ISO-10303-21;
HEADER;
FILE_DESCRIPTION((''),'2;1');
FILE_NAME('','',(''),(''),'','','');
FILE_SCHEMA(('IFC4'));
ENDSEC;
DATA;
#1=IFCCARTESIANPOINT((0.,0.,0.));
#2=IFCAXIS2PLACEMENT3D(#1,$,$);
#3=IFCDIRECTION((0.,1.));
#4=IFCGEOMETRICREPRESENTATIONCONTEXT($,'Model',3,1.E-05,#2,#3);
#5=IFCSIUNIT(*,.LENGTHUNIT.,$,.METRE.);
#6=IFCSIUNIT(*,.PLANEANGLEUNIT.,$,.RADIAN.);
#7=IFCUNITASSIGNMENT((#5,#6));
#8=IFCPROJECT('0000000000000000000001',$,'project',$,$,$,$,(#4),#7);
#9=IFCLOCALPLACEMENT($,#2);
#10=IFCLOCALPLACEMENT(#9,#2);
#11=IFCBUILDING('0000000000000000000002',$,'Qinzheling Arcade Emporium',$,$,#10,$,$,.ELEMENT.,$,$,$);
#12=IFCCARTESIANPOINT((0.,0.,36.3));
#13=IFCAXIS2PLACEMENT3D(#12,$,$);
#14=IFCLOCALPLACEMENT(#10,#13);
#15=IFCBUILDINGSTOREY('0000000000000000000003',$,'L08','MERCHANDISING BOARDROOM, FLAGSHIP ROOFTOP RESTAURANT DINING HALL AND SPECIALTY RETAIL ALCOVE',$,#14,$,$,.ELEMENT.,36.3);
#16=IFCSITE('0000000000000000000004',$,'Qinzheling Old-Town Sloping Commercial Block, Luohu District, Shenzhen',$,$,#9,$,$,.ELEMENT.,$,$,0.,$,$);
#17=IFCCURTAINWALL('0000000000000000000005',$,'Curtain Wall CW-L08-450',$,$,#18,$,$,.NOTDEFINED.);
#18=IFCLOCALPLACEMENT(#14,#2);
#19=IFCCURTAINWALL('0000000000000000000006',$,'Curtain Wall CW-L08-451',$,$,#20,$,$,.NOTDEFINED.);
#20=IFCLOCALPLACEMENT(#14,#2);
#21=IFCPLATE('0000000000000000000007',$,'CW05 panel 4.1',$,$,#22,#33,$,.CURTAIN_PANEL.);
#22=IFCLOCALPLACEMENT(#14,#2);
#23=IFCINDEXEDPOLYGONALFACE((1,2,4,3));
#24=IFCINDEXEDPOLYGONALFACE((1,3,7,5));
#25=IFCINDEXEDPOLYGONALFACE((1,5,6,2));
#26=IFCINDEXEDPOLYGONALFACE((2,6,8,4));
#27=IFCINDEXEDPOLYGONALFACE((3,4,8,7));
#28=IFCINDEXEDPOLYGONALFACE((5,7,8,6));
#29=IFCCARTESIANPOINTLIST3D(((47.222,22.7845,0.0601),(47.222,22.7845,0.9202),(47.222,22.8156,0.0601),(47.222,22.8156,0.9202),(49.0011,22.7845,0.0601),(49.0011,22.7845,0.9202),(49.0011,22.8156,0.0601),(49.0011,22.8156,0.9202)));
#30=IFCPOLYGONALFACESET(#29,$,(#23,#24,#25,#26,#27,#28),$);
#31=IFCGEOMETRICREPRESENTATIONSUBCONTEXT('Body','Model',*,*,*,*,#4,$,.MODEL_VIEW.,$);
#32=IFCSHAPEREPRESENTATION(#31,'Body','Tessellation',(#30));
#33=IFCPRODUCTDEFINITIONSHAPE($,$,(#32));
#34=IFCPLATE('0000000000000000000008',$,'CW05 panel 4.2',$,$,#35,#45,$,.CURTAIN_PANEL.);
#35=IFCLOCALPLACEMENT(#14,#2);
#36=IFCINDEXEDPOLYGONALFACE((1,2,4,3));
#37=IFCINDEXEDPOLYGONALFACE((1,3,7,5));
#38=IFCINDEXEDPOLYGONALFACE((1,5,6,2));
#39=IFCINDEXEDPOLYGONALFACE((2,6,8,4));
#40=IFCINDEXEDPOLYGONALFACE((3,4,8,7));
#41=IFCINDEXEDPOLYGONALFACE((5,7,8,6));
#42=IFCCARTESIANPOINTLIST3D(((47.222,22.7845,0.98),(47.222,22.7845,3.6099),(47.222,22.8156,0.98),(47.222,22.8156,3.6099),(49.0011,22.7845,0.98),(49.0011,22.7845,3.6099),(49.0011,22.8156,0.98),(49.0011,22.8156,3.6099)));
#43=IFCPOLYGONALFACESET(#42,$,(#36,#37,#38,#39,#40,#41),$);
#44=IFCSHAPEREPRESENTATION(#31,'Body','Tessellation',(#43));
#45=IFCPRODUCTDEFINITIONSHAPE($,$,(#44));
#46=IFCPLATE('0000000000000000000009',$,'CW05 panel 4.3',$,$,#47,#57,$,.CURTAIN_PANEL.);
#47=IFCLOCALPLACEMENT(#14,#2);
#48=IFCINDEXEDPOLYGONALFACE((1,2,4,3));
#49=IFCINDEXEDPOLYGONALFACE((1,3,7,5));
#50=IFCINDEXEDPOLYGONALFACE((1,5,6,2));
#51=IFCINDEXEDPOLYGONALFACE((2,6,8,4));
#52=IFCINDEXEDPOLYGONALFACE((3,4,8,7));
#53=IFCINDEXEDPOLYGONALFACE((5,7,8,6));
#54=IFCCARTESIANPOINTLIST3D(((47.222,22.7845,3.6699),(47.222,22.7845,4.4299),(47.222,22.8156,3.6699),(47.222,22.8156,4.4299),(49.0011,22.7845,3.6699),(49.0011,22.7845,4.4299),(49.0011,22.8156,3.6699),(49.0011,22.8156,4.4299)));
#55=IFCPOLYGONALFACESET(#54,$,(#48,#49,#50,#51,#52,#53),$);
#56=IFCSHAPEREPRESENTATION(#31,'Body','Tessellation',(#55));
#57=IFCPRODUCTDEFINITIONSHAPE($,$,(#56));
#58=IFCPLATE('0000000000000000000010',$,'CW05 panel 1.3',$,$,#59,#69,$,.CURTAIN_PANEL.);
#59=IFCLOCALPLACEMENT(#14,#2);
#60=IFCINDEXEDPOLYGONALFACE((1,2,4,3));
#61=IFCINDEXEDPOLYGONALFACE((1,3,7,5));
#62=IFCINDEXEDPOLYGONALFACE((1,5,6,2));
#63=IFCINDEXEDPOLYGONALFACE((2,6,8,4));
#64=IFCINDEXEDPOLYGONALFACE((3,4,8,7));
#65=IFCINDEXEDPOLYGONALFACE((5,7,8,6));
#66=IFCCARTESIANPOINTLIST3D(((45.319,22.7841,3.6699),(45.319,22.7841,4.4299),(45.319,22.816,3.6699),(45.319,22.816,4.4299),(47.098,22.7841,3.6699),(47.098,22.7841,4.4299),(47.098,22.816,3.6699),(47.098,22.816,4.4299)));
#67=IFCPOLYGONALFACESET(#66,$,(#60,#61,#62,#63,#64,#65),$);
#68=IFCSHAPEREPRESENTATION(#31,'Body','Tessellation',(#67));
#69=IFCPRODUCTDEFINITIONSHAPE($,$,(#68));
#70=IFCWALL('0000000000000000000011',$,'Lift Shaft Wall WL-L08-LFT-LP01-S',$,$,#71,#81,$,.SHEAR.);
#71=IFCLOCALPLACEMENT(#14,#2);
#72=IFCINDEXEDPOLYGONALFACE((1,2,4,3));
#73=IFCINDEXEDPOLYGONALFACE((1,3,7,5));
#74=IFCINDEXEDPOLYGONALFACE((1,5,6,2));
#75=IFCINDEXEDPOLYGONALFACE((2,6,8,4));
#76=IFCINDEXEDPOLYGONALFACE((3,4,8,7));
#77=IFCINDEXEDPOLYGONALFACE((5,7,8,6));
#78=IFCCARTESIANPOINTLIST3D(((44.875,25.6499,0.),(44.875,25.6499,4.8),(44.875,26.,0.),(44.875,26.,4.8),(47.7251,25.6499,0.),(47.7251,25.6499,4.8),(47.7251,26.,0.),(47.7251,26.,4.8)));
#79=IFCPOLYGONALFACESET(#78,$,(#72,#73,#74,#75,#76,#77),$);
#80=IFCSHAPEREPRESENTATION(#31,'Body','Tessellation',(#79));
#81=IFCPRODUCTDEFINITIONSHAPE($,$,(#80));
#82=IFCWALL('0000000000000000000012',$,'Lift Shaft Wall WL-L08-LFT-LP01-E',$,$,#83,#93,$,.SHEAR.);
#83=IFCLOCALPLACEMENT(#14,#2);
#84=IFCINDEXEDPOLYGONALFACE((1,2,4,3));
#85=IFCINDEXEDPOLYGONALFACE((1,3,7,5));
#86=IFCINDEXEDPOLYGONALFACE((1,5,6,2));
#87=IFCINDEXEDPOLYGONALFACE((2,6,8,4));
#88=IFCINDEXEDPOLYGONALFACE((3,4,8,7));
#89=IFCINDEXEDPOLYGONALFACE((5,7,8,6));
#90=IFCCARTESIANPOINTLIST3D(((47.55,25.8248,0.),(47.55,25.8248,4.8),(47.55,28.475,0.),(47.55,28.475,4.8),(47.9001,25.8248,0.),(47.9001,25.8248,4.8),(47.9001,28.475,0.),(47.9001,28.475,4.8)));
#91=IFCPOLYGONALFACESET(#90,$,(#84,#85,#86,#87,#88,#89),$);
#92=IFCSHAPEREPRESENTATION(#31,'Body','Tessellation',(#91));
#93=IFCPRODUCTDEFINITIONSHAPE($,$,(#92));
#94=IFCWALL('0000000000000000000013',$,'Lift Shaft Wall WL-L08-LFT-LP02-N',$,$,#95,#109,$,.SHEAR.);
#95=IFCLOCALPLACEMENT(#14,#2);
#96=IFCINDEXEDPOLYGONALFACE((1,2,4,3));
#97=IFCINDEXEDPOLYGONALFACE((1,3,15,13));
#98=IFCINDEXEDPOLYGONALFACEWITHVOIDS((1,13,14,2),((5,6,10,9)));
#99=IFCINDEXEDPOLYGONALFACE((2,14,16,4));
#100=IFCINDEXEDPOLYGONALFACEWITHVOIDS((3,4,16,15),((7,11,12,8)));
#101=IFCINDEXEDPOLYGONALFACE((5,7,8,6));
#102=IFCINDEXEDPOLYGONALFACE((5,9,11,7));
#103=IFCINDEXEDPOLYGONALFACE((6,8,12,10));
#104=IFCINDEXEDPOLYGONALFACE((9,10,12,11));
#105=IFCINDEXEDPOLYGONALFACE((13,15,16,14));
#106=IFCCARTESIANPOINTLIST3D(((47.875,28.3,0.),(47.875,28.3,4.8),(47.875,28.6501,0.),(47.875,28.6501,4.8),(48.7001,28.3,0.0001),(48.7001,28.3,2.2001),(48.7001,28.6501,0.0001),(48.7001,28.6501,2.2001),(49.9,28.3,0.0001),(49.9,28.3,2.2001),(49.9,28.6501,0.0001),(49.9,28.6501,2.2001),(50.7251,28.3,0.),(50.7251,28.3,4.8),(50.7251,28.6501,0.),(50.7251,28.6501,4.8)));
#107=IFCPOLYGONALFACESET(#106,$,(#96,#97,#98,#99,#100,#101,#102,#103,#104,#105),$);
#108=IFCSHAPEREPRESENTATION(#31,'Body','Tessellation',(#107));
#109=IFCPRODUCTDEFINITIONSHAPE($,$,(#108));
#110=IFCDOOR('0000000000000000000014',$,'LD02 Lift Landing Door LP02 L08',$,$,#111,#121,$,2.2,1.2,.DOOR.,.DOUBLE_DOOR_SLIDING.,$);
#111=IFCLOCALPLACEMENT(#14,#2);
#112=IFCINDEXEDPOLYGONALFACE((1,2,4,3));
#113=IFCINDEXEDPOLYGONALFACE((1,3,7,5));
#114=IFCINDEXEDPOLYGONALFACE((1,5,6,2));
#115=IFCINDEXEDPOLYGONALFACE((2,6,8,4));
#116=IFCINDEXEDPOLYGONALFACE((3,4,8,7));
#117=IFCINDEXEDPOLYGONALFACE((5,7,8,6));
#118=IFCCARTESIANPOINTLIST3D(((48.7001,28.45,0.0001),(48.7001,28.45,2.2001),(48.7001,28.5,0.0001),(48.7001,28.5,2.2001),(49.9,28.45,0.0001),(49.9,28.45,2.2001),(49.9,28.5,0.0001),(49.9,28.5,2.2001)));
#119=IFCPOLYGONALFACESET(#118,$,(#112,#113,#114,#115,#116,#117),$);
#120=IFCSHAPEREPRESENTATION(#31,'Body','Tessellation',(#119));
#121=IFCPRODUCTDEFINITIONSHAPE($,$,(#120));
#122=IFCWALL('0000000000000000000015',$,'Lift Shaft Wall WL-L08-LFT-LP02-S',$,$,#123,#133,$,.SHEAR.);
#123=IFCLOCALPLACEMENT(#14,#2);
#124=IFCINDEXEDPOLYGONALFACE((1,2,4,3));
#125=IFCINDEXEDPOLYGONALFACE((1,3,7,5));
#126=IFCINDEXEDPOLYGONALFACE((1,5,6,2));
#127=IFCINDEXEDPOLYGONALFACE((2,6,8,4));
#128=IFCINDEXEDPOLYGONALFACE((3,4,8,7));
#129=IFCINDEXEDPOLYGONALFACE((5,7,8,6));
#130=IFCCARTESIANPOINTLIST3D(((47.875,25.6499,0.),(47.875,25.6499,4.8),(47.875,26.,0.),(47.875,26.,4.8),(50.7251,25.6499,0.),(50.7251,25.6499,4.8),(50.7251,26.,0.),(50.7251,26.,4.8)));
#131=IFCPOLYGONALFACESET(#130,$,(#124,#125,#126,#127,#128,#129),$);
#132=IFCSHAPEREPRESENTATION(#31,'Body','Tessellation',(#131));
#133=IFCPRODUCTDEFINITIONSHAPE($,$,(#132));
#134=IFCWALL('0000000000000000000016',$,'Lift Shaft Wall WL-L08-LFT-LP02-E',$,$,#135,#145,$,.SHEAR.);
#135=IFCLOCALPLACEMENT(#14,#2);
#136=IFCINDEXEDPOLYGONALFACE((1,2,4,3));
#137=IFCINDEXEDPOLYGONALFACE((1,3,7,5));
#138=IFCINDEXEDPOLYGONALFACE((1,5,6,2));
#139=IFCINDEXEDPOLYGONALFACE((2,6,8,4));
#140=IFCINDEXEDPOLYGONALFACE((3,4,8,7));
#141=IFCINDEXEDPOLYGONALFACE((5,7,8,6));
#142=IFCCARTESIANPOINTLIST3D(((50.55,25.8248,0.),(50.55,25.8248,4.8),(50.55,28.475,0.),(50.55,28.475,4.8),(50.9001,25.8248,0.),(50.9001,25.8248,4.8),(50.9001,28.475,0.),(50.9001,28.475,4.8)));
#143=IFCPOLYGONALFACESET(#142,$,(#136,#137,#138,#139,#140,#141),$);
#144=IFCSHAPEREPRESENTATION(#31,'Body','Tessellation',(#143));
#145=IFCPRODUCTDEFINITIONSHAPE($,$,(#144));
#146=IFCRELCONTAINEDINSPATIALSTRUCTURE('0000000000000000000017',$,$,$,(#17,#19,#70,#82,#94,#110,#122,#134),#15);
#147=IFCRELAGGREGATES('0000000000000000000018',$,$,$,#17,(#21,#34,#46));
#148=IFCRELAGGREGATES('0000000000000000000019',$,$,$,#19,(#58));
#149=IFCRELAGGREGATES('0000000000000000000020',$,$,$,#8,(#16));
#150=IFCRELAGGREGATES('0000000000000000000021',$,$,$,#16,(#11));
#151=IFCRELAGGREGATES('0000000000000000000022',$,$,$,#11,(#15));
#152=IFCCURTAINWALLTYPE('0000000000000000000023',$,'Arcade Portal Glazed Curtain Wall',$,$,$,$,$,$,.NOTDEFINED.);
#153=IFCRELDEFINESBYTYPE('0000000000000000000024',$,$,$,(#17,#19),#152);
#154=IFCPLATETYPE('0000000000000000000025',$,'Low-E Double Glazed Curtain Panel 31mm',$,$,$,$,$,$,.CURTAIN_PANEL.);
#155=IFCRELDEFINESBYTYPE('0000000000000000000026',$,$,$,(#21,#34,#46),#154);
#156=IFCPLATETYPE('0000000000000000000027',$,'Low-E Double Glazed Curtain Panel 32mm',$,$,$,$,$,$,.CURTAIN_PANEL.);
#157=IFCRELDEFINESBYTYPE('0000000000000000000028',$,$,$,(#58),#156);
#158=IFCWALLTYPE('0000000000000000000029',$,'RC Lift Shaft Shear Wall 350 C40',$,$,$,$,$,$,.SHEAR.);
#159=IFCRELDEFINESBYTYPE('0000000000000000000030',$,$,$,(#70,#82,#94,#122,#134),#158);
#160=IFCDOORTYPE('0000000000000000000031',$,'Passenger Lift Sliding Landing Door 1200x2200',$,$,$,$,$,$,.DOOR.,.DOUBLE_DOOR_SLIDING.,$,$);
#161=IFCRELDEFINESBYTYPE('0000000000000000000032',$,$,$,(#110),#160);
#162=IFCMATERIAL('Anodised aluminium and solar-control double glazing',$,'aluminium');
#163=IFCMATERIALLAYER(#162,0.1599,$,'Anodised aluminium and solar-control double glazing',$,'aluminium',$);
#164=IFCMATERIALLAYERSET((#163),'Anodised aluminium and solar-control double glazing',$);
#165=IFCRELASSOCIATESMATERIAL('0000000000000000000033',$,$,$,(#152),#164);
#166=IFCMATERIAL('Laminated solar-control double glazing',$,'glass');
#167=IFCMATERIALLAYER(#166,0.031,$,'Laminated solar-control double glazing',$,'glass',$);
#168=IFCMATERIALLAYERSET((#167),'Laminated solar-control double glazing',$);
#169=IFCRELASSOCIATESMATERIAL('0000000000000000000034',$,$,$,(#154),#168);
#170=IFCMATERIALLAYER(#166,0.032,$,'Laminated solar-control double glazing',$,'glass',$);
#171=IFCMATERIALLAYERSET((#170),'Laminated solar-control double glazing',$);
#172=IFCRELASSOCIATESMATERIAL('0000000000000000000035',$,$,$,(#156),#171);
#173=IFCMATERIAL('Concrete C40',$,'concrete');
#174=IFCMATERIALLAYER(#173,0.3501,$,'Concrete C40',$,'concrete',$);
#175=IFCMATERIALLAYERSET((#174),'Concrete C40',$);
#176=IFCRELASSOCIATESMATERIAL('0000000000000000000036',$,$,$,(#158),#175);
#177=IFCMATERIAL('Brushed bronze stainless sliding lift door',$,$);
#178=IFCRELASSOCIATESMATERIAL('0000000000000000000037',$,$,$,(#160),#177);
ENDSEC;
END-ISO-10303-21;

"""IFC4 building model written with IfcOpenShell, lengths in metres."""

from ifc_helpers import new_model, si_unit, direction, frame, frame_2d, origin, origin_2d, place, context, subcontext, project, spatial, rectangle, extrude, material, layer, layer_set, type_object, element, fill, aggregate, save


model = new_model("IFC4")

# Units and contexts
model_context = context("Model", 3, precision=1e-05, world=origin(), true_north=direction((0.0, 1.0)))
body_context = subcontext(model_context, "Body", "Model", "MODEL_VIEW")
ifc_project = project(units=[si_unit("LENGTHUNIT", "METRE"), si_unit("PLANEANGLEUNIT", "RADIAN")], contexts=[model_context])

# Site, building, storey
site_placement = place(None, origin())
site = spatial("IfcSite", under=ifc_project, at=site_placement, Name="Qinzheling Old-Town Sloping Commercial Block, Luohu District, Shenzhen", CompositionType="ELEMENT", RefElevation=0.0)
building_placement = place(site_placement, origin())
building = spatial("IfcBuilding", under=site, at=building_placement, Name="Qinzheling Arcade Emporium", CompositionType="ELEMENT")
storey_placement = place(building_placement, frame((0.0, 0.0, 36.3)))
storey = spatial("IfcBuildingStorey", under=building, at=storey_placement, Name="L08", Description="MERCHANDISING BOARDROOM, FLAGSHIP ROOFTOP RESTAURANT DINING HALL AND SPECIALTY RETAIL ALCOVE", CompositionType="ELEMENT", Elevation=36.3)

# Curtain wall
ifc_material_1 = material(Name="Anodised aluminium and solar-control double glazing", Category="aluminium")
ifc_layer_1 = layer(ifc_material_1, 0.1599, Name="Anodised aluminium and solar-control double glazing", Category="aluminium")
ifc_layer_set_1 = layer_set([ifc_layer_1], Name="Anodised aluminium and solar-control double glazing")
curtain_wall_type = type_object("IfcCurtainWallType", Name="Arcade Portal Glazed Curtain Wall", PredefinedType="NOTDEFINED", material=ifc_layer_set_1)
curtain_wall_1_placement = place(storey_placement, origin())
curtain_wall_1 = element("IfcCurtainWall", 1, at=curtain_wall_1_placement, inside=storey, type_object=curtain_wall_type, Name="Curtain Wall CW-L08-450", PredefinedType="NOTDEFINED")

# Curtain wall
curtain_wall_2_placement = place(storey_placement, origin())
curtain_wall_2 = element("IfcCurtainWall", 2, at=curtain_wall_2_placement, inside=storey, type_object=curtain_wall_type, Name="Curtain Wall CW-L08-451", PredefinedType="NOTDEFINED")

# Plates
ifc_material_2 = material(Name="Laminated solar-control double glazing", Category="glass")
ifc_layer_2 = layer(ifc_material_2, 0.031, Name="Laminated solar-control double glazing", Category="glass")
ifc_layer_set_2 = layer_set([ifc_layer_2], Name="Laminated solar-control double glazing")
plate_type_1 = type_object("IfcPlateType", Name="Low-E Double Glazed Curtain Panel 31mm", PredefinedType="CURTAIN_PANEL", material=ifc_layer_set_2)
plate_1_placement = place(storey_placement, frame((48.1116, 22.8, 0.0601), z_axis=(0.0, 0.0, 1.0), x_axis=(-1.0, 0.0, 0.0)))
plate_1 = element("IfcPlate", 3, at=plate_1_placement, type_object=plate_type_1, Name="CW05 panel 4.1", PredefinedType="CURTAIN_PANEL", context=body_context, shape_type="SweptSolid", body=[
    extrude(rectangle(XDim=1.7791, YDim=0.031, at=origin_2d()), origin(), (0.0, 0.0, 1.0), 0.8601),
])
plate_2_placement = place(storey_placement, frame((48.1116, 22.8, 0.98), z_axis=(0.0, 0.0, 1.0), x_axis=(-1.0, 0.0, 0.0)))
plate_2 = element("IfcPlate", 4, at=plate_2_placement, type_object=plate_type_1, Name="CW05 panel 4.2", PredefinedType="CURTAIN_PANEL", context=body_context, shape_type="SweptSolid", body=[
    extrude(rectangle(XDim=1.7791, YDim=0.031, at=origin_2d()), origin(), (0.0, 0.0, 1.0), 2.6299),
])
plate_3_placement = place(storey_placement, frame((48.1116, 22.8, 3.6699), z_axis=(0.0, 0.0, 1.0), x_axis=(-1.0, 0.0, 0.0)))
plate_3 = element("IfcPlate", 5, at=plate_3_placement, type_object=plate_type_1, Name="CW05 panel 4.3", PredefinedType="CURTAIN_PANEL", context=body_context, shape_type="SweptSolid", body=[
    extrude(rectangle(XDim=1.7791, YDim=0.031, at=origin_2d()), origin(), (0.0, 0.0, 1.0), 0.76),
])
aggregate(curtain_wall_1, [plate_1, plate_2, plate_3])
ifc_layer_3 = layer(ifc_material_2, 0.032, Name="Laminated solar-control double glazing", Category="glass")
ifc_layer_set_3 = layer_set([ifc_layer_3], Name="Laminated solar-control double glazing")
plate_type_2 = type_object("IfcPlateType", Name="Low-E Double Glazed Curtain Panel 32mm", PredefinedType="CURTAIN_PANEL", material=ifc_layer_set_3)
plate_4_placement = place(storey_placement, frame((46.2085, 22.8, 3.6699), z_axis=(0.0, 0.0, 1.0), x_axis=(-1.0, 0.0, 0.0)))
plate_4 = element("IfcPlate", 6, at=plate_4_placement, type_object=plate_type_2, Name="CW05 panel 1.3", PredefinedType="CURTAIN_PANEL", context=body_context, shape_type="SweptSolid", body=[
    extrude(rectangle(XDim=1.7791, YDim=0.032, at=origin_2d()), origin(), (0.0, 0.0, 1.0), 0.76),
])
aggregate(curtain_wall_2, [plate_4])

# Walls
ifc_material_3 = material(Name="Concrete C40", Category="concrete")
ifc_layer_4 = layer(ifc_material_3, 0.3501, Name="Concrete C40", Category="concrete")
ifc_layer_set_4 = layer_set([ifc_layer_4], Name="Concrete C40")
wall_type = type_object("IfcWallType", Name="RC Lift Shaft Shear Wall 350 C40", PredefinedType="SHEAR", material=ifc_layer_set_4)
wall_1_placement = place(storey_placement, frame((47.7251, 25.825, 0.0), z_axis=(0.0, 0.0, 1.0), x_axis=(-1.0, 0.0, 0.0)))
element("IfcWall", 7, at=wall_1_placement, inside=storey, type_object=wall_type, Name="Lift Shaft Wall WL-L08-LFT-LP01-S", PredefinedType="SHEAR", context=body_context, shape_type="SweptSolid", body=[
    extrude(rectangle(XDim=2.8501, YDim=0.3501, at=frame_2d((1.425, 0.0))), origin(), (0.0, 0.0, 1.0), 4.8),
])
wall_2_placement = place(storey_placement, frame((47.7251, 28.4751, 0.0), z_axis=(0.0, 0.0, 1.0), x_axis=(0.0, -1.0, 0.0)))
element("IfcWall", 8, at=wall_2_placement, inside=storey, type_object=wall_type, Name="Lift Shaft Wall WL-L08-LFT-LP01-E", PredefinedType="SHEAR", context=body_context, shape_type="SweptSolid", body=[
    extrude(rectangle(XDim=2.6501, YDim=0.3501, at=frame_2d((1.3252, 0.0))), origin(), (0.0, 0.0, 1.0), 4.8),
])

# Wall, opening, door
wall_3_placement = place(storey_placement, frame((47.875, 28.4751, 0.0), z_axis=(0.0, 0.0, 1.0), x_axis=(1.0, 0.0, 0.0)))
wall_3 = element("IfcWall", 9, at=wall_3_placement, inside=storey, type_object=wall_type, Name="Lift Shaft Wall WL-L08-LFT-LP02-N", PredefinedType="SHEAR", context=body_context, shape_type="SweptSolid", body=[
    extrude(rectangle(XDim=2.8501, YDim=0.3501, at=frame_2d((1.425, 0.0))), origin(), (0.0, 0.0, 1.0), 4.8),
])
opening_placement = place(wall_3_placement, frame((0.825, 0.0, 0.0)))
opening = element("IfcOpeningElement", 10, at=opening_placement, cuts=wall_3, PredefinedType="OPENING", context=body_context, shape_type="SweptSolid", body=[
    extrude(rectangle(XDim=1.2, YDim=2.2, at=frame_2d((0.6001, 1.1001))), frame((0.0, 0.1851, 0.0), z_axis=(0.0, -1.0, 0.0), x_axis=(1.0, 0.0, 0.0)), (0.0, 0.0, 1.0), 0.3701),
])
ifc_material_4 = material(Name="Brushed bronze stainless sliding lift door")
door_type = type_object("IfcDoorType", Name="Passenger Lift Sliding Landing Door 1200x2200", OperationType="DOUBLE_DOOR_SLIDING", PredefinedType="DOOR", material=ifc_material_4)
door_placement = place(opening_placement, origin())
door = element("IfcDoor", 11, at=door_placement, inside=storey, type_object=door_type, Name="LD02 Lift Landing Door LP02 L08", OperationType="DOUBLE_DOOR_SLIDING", OverallHeight=2.2, OverallWidth=1.2, PredefinedType="DOOR", context=body_context, shape_type="SweptSolid", body=[
    extrude(rectangle(XDim=1.2, YDim=2.2, at=frame_2d((0.6001, 1.1001))), frame((0.0, 0.0249, 0.0), z_axis=(0.0, -1.0, 0.0), x_axis=(1.0, 0.0, 0.0)), (0.0, 0.0, 1.0), 0.05),
])
fill(opening, door)

# Walls
wall_4_placement = place(storey_placement, frame((50.7251, 25.825, 0.0), z_axis=(0.0, 0.0, 1.0), x_axis=(-1.0, 0.0, 0.0)))
element("IfcWall", 12, at=wall_4_placement, inside=storey, type_object=wall_type, Name="Lift Shaft Wall WL-L08-LFT-LP02-S", PredefinedType="SHEAR", context=body_context, shape_type="SweptSolid", body=[
    extrude(rectangle(XDim=2.8501, YDim=0.3501, at=frame_2d((1.425, 0.0))), origin(), (0.0, 0.0, 1.0), 4.8),
])
wall_5_placement = place(storey_placement, frame((50.7251, 28.4751, 0.0), z_axis=(0.0, 0.0, 1.0), x_axis=(0.0, -1.0, 0.0)))
element("IfcWall", 13, at=wall_5_placement, inside=storey, type_object=wall_type, Name="Lift Shaft Wall WL-L08-LFT-LP02-E", PredefinedType="SHEAR", context=body_context, shape_type="SweptSolid", body=[
    extrude(rectangle(XDim=2.6501, YDim=0.3501, at=frame_2d((1.3252, 0.0))), origin(), (0.0, 0.0, 1.0), 4.8),
])

save(model, "model.ifc")
